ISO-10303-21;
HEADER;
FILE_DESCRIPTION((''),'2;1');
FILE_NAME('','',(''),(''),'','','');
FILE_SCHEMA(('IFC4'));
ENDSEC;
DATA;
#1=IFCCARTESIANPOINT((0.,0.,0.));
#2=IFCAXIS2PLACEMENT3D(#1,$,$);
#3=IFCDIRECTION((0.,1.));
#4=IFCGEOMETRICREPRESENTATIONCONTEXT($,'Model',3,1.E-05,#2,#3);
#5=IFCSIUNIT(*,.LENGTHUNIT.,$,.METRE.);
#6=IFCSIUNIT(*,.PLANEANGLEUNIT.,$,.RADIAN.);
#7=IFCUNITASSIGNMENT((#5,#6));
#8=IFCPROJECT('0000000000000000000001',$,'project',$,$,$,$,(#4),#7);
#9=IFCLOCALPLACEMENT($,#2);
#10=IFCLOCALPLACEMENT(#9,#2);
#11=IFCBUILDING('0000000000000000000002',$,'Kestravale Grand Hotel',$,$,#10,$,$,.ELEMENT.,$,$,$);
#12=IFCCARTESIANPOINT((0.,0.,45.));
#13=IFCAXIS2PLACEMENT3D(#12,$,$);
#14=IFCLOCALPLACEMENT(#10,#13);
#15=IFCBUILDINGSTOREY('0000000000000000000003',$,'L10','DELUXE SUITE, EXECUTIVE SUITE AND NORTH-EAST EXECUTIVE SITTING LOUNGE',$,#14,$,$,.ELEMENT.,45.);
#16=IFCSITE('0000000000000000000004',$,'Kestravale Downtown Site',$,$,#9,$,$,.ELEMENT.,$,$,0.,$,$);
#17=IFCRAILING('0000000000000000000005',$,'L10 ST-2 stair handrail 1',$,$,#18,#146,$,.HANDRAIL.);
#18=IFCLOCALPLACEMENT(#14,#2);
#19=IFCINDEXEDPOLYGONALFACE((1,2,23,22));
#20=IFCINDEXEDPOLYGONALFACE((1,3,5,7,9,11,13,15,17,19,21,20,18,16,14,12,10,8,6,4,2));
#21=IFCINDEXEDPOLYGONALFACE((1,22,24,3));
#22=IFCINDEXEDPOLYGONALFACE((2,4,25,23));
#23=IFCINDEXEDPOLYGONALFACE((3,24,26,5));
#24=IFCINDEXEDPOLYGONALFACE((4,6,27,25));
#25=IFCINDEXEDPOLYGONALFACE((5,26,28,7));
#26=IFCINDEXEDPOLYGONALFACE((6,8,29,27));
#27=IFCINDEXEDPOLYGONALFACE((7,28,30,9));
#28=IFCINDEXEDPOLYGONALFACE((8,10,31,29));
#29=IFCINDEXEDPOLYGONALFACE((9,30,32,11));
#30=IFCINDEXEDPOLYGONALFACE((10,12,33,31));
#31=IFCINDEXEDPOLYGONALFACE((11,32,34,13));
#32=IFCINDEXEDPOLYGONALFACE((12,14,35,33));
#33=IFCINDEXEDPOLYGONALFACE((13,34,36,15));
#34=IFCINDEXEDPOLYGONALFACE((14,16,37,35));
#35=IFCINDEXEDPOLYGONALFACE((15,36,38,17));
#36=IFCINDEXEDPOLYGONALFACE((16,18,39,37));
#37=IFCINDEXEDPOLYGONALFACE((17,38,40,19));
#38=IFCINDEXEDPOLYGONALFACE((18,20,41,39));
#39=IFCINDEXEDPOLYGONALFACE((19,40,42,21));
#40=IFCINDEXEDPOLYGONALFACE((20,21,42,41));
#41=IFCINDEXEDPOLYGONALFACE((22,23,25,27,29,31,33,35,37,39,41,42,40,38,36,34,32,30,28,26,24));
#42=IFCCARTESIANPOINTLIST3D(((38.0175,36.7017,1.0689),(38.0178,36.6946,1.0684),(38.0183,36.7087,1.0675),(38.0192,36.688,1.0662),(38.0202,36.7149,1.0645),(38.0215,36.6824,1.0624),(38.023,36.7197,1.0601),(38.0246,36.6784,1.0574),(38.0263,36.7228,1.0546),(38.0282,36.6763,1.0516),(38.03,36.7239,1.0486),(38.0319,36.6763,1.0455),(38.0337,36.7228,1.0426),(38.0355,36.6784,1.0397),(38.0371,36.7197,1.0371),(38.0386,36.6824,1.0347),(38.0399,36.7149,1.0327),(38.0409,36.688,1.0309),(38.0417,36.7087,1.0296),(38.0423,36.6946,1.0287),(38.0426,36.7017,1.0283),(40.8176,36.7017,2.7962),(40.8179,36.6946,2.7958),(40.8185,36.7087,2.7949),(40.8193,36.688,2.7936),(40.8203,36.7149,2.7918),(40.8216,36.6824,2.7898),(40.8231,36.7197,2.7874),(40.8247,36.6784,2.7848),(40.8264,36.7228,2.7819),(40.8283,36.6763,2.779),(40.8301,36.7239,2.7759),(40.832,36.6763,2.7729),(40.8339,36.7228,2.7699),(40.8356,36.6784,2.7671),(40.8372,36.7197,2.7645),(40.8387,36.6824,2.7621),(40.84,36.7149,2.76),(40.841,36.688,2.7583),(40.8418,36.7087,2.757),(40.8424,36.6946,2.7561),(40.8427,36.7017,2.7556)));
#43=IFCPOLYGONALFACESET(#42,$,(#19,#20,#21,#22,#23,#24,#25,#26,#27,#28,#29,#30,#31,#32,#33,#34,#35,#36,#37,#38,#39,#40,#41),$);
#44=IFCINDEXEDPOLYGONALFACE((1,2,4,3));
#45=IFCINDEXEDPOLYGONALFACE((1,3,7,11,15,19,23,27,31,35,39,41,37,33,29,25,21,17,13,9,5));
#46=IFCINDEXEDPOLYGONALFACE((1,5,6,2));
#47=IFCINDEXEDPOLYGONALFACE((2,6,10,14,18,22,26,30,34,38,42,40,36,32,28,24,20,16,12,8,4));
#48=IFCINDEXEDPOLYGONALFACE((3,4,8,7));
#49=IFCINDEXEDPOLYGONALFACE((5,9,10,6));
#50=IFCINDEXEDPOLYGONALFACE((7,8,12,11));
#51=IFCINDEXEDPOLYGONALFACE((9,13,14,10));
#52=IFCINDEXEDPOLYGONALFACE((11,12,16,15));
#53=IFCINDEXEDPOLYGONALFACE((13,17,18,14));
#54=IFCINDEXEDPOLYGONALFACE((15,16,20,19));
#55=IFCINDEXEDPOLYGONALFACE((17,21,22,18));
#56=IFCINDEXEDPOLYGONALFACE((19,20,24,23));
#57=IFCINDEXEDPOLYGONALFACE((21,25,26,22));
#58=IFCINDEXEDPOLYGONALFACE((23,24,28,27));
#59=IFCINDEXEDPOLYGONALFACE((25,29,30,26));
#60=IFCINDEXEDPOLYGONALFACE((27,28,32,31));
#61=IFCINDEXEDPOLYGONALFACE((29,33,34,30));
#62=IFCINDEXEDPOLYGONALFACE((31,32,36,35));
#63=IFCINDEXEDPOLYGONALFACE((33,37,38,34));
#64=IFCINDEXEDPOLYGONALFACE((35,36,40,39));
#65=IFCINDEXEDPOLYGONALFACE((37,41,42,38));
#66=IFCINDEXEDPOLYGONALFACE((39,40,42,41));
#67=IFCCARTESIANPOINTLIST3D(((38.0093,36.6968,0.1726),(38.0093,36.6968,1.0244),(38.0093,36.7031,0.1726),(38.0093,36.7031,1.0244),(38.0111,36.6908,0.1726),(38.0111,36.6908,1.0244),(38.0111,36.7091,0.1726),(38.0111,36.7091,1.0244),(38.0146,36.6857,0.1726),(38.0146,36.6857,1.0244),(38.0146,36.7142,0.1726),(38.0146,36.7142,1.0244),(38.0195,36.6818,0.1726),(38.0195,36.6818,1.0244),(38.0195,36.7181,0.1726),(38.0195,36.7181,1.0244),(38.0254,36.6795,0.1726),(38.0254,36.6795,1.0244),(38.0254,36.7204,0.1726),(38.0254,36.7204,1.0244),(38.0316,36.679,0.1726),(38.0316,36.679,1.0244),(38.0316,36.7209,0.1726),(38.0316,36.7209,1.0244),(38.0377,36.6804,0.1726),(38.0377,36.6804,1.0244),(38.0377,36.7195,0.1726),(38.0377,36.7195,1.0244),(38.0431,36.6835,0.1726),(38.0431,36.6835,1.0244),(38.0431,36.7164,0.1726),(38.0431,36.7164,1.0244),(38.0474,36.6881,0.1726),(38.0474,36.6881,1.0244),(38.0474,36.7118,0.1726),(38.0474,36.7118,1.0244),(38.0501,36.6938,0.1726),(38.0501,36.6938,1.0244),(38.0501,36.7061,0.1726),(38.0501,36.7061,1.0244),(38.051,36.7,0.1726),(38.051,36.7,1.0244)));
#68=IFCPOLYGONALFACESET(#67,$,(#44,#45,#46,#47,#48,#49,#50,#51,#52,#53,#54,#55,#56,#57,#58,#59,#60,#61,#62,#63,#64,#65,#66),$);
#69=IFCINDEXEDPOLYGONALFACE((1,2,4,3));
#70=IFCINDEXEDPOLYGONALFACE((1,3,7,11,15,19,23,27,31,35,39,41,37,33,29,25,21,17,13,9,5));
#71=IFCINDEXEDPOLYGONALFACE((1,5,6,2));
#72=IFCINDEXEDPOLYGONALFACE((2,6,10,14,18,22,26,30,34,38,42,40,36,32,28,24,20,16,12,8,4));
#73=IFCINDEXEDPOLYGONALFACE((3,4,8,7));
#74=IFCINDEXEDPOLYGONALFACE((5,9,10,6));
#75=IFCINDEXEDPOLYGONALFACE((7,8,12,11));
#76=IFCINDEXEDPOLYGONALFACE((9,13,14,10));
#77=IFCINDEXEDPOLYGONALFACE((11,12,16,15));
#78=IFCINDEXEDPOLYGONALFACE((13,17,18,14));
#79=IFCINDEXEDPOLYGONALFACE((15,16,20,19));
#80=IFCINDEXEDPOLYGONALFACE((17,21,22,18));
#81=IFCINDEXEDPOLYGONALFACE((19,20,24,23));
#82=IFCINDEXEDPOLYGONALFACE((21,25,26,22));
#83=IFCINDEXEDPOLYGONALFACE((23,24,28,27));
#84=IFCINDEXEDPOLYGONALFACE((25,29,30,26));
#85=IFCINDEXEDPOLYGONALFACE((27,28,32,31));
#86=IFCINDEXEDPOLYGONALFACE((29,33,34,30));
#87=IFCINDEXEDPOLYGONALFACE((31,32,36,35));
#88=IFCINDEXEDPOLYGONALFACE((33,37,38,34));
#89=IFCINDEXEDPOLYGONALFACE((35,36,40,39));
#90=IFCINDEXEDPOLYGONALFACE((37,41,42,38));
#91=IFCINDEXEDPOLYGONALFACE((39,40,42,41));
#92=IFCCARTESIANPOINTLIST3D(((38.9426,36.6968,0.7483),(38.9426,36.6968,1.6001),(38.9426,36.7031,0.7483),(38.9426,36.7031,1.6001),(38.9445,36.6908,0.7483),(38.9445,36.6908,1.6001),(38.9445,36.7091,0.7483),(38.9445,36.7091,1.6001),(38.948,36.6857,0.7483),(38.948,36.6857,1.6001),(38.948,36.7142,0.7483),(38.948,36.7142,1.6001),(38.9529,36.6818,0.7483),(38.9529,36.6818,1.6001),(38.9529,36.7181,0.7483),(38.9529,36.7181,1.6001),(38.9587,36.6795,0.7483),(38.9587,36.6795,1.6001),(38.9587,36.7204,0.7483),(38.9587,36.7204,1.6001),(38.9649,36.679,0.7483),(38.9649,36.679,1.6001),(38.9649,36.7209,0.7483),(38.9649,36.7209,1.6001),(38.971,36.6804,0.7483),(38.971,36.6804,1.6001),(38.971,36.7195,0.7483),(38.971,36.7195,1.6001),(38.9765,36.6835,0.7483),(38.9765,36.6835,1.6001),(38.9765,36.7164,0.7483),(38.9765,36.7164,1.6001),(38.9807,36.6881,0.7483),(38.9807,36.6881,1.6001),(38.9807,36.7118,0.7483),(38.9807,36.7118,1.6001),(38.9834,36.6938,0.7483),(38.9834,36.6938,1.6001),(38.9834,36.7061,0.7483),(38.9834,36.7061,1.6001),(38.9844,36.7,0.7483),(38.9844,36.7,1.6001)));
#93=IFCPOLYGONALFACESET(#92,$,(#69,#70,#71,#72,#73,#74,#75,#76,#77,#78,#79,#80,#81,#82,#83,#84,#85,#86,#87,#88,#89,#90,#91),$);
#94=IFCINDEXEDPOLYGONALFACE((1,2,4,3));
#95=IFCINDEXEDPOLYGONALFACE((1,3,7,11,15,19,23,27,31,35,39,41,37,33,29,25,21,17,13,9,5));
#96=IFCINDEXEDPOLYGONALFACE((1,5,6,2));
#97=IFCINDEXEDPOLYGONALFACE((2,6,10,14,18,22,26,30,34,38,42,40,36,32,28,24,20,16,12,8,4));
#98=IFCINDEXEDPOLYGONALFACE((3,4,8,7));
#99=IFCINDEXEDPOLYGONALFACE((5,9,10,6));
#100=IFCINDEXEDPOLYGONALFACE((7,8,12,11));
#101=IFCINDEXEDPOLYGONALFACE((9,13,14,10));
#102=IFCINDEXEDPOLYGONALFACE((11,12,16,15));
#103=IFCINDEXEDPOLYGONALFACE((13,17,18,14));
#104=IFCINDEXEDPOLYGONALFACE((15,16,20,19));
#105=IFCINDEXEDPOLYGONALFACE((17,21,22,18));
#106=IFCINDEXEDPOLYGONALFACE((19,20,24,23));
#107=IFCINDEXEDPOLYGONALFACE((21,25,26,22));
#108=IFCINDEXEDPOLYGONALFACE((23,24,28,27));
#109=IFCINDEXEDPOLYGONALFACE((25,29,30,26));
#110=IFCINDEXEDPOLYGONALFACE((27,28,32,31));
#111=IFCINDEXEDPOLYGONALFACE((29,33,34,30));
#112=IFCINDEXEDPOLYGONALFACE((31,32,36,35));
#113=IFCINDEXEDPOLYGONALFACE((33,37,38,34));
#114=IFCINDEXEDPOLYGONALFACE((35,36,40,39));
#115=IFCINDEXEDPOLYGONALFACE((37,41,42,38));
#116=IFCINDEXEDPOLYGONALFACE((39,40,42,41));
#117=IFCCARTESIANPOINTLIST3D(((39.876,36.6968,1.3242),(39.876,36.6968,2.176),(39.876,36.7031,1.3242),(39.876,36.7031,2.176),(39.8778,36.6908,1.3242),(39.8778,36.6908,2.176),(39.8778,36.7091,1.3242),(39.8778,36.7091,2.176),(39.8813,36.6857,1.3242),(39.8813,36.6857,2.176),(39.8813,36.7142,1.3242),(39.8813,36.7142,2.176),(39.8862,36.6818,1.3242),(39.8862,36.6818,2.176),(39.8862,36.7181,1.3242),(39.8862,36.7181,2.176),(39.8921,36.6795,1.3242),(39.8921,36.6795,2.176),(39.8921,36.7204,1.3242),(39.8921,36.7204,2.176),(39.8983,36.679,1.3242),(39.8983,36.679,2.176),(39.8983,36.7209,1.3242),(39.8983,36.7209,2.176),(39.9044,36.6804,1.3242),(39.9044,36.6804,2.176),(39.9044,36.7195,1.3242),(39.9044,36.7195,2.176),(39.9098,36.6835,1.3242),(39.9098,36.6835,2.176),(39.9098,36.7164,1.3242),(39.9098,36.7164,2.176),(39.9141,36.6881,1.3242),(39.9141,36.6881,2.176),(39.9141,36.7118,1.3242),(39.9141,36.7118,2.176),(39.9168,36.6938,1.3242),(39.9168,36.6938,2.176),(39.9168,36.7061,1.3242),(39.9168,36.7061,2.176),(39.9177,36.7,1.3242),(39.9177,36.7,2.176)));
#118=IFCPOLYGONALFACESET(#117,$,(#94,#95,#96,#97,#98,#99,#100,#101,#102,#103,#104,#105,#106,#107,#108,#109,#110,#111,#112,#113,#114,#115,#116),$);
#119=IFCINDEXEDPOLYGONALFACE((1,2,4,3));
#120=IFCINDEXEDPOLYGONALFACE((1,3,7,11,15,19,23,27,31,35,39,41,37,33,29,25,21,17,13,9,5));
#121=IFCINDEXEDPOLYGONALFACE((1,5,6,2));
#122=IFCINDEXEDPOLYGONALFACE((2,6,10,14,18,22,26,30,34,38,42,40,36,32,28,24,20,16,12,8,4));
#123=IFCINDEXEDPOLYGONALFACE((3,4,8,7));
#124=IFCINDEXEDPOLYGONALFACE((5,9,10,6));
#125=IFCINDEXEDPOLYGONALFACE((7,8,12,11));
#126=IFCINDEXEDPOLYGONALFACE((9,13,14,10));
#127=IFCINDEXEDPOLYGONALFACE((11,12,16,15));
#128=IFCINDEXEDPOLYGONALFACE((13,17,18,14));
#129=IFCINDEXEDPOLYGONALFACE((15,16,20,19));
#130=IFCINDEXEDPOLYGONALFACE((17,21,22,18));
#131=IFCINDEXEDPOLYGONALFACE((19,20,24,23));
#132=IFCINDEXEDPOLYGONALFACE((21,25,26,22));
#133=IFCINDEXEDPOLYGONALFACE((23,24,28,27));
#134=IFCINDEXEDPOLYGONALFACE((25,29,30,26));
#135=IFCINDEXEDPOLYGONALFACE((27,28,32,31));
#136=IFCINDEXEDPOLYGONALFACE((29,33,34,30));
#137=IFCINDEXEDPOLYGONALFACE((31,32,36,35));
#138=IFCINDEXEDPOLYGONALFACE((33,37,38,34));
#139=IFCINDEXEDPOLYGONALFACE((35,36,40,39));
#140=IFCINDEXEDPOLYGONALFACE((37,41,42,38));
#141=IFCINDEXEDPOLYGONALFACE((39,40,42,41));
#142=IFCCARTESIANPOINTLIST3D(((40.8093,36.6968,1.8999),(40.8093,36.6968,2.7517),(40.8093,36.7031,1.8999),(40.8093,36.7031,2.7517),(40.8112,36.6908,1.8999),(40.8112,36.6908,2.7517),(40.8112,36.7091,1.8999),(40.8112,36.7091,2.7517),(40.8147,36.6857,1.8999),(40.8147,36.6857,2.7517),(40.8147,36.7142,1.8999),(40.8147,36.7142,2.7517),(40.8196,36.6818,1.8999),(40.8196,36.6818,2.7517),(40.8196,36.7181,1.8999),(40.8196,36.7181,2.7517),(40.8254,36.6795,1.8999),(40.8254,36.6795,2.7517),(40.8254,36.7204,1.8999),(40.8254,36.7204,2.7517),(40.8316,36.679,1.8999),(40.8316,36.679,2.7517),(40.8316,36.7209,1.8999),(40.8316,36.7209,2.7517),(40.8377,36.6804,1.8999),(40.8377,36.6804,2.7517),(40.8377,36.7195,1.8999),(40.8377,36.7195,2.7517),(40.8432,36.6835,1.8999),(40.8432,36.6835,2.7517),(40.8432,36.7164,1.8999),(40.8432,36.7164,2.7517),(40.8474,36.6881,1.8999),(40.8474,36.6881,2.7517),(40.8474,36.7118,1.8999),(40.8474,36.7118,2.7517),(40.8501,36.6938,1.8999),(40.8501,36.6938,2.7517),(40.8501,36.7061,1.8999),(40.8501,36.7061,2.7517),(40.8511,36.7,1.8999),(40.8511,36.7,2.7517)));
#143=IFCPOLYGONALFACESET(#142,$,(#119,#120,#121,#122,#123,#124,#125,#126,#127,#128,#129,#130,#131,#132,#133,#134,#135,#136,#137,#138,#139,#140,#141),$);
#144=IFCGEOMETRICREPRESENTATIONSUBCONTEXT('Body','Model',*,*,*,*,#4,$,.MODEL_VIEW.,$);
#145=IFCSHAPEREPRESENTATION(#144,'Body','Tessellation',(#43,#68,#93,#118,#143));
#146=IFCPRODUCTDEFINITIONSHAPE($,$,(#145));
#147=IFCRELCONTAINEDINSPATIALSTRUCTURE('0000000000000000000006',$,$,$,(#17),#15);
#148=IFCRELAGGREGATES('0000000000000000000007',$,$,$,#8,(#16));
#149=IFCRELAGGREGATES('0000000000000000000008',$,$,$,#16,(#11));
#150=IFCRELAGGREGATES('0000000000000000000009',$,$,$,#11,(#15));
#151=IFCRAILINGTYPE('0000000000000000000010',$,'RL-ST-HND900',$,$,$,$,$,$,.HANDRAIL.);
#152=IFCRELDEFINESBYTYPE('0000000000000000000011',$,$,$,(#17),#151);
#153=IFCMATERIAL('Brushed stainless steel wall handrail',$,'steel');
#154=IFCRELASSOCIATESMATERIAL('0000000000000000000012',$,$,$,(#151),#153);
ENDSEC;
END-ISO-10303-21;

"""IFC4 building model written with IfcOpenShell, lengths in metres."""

from ifc_helpers import new_model, si_unit, direction, frame, origin, origin_2d, place, context, subcontext, project, spatial, circle, extrude, material, type_object, element, save


model = new_model("IFC4")

# Units and contexts
model_context = context("Model", 3, precision=1e-05, world=origin(), true_north=direction((0.0, 1.0)))
body_context = subcontext(model_context, "Body", "Model", "MODEL_VIEW")
ifc_project = project(units=[si_unit("LENGTHUNIT", "METRE"), si_unit("PLANEANGLEUNIT", "RADIAN")], contexts=[model_context])

# Site, building, storey
site_placement = place(None, origin())
site = spatial("IfcSite", under=ifc_project, at=site_placement, Name="Kestravale Downtown Site", CompositionType="ELEMENT", RefElevation=0.0)
building_placement = place(site_placement, origin())
building = spatial("IfcBuilding", under=site, at=building_placement, Name="Kestravale Grand Hotel", CompositionType="ELEMENT")
storey_placement = place(building_placement, frame((0.0, 0.0, 45.0)))
storey = spatial("IfcBuildingStorey", under=building, at=storey_placement, Name="L10", Description="DELUXE SUITE, EXECUTIVE SUITE AND NORTH-EAST EXECUTIVE SITTING LOUNGE", CompositionType="ELEMENT", Elevation=45.0)

# Railing
ifc_material_1 = material(Name="Brushed stainless steel wall handrail", Category="steel")
railing_type_1 = type_object("IfcRailingType", Name="RL-ST-HND900", PredefinedType="HANDRAIL", material=ifc_material_1)
railing_1_placement = place(storey_placement, frame((38.03, 36.7, 0.1726)))
element("IfcRailing", 1, at=railing_1_placement, inside=storey, type_object=railing_type_1, Name="L10 ST-2 stair handrail 1", PredefinedType="HANDRAIL", context=body_context, shape_type="SweptSolid", body=[
    extrude(circle(Radius=0.0239, at=origin_2d()), frame((0.0, 0.0, 0.876), z_axis=(0.85109, 0.0, 0.52502), x_axis=(0.0, 1.0, 0.0)), (0.0, 0.0, 1.0), 3.29),
    extrude(circle(Radius=0.021, at=origin_2d()), origin(), (0.0, 0.0, 1.0), 0.8518),
    extrude(circle(Radius=0.021, at=origin_2d()), frame((0.9333, 0.0, 0.5757)), (0.0, 0.0, 1.0), 0.8518),
    extrude(circle(Radius=0.021, at=origin_2d()), frame((1.8667, 0.0, 1.1516)), (0.0, 0.0, 1.0), 0.8518),
    extrude(circle(Radius=0.021, at=origin_2d()), frame((2.8, 0.0, 1.7273)), (0.0, 0.0, 1.0), 0.8518),
])

save(model, "model.ifc")
